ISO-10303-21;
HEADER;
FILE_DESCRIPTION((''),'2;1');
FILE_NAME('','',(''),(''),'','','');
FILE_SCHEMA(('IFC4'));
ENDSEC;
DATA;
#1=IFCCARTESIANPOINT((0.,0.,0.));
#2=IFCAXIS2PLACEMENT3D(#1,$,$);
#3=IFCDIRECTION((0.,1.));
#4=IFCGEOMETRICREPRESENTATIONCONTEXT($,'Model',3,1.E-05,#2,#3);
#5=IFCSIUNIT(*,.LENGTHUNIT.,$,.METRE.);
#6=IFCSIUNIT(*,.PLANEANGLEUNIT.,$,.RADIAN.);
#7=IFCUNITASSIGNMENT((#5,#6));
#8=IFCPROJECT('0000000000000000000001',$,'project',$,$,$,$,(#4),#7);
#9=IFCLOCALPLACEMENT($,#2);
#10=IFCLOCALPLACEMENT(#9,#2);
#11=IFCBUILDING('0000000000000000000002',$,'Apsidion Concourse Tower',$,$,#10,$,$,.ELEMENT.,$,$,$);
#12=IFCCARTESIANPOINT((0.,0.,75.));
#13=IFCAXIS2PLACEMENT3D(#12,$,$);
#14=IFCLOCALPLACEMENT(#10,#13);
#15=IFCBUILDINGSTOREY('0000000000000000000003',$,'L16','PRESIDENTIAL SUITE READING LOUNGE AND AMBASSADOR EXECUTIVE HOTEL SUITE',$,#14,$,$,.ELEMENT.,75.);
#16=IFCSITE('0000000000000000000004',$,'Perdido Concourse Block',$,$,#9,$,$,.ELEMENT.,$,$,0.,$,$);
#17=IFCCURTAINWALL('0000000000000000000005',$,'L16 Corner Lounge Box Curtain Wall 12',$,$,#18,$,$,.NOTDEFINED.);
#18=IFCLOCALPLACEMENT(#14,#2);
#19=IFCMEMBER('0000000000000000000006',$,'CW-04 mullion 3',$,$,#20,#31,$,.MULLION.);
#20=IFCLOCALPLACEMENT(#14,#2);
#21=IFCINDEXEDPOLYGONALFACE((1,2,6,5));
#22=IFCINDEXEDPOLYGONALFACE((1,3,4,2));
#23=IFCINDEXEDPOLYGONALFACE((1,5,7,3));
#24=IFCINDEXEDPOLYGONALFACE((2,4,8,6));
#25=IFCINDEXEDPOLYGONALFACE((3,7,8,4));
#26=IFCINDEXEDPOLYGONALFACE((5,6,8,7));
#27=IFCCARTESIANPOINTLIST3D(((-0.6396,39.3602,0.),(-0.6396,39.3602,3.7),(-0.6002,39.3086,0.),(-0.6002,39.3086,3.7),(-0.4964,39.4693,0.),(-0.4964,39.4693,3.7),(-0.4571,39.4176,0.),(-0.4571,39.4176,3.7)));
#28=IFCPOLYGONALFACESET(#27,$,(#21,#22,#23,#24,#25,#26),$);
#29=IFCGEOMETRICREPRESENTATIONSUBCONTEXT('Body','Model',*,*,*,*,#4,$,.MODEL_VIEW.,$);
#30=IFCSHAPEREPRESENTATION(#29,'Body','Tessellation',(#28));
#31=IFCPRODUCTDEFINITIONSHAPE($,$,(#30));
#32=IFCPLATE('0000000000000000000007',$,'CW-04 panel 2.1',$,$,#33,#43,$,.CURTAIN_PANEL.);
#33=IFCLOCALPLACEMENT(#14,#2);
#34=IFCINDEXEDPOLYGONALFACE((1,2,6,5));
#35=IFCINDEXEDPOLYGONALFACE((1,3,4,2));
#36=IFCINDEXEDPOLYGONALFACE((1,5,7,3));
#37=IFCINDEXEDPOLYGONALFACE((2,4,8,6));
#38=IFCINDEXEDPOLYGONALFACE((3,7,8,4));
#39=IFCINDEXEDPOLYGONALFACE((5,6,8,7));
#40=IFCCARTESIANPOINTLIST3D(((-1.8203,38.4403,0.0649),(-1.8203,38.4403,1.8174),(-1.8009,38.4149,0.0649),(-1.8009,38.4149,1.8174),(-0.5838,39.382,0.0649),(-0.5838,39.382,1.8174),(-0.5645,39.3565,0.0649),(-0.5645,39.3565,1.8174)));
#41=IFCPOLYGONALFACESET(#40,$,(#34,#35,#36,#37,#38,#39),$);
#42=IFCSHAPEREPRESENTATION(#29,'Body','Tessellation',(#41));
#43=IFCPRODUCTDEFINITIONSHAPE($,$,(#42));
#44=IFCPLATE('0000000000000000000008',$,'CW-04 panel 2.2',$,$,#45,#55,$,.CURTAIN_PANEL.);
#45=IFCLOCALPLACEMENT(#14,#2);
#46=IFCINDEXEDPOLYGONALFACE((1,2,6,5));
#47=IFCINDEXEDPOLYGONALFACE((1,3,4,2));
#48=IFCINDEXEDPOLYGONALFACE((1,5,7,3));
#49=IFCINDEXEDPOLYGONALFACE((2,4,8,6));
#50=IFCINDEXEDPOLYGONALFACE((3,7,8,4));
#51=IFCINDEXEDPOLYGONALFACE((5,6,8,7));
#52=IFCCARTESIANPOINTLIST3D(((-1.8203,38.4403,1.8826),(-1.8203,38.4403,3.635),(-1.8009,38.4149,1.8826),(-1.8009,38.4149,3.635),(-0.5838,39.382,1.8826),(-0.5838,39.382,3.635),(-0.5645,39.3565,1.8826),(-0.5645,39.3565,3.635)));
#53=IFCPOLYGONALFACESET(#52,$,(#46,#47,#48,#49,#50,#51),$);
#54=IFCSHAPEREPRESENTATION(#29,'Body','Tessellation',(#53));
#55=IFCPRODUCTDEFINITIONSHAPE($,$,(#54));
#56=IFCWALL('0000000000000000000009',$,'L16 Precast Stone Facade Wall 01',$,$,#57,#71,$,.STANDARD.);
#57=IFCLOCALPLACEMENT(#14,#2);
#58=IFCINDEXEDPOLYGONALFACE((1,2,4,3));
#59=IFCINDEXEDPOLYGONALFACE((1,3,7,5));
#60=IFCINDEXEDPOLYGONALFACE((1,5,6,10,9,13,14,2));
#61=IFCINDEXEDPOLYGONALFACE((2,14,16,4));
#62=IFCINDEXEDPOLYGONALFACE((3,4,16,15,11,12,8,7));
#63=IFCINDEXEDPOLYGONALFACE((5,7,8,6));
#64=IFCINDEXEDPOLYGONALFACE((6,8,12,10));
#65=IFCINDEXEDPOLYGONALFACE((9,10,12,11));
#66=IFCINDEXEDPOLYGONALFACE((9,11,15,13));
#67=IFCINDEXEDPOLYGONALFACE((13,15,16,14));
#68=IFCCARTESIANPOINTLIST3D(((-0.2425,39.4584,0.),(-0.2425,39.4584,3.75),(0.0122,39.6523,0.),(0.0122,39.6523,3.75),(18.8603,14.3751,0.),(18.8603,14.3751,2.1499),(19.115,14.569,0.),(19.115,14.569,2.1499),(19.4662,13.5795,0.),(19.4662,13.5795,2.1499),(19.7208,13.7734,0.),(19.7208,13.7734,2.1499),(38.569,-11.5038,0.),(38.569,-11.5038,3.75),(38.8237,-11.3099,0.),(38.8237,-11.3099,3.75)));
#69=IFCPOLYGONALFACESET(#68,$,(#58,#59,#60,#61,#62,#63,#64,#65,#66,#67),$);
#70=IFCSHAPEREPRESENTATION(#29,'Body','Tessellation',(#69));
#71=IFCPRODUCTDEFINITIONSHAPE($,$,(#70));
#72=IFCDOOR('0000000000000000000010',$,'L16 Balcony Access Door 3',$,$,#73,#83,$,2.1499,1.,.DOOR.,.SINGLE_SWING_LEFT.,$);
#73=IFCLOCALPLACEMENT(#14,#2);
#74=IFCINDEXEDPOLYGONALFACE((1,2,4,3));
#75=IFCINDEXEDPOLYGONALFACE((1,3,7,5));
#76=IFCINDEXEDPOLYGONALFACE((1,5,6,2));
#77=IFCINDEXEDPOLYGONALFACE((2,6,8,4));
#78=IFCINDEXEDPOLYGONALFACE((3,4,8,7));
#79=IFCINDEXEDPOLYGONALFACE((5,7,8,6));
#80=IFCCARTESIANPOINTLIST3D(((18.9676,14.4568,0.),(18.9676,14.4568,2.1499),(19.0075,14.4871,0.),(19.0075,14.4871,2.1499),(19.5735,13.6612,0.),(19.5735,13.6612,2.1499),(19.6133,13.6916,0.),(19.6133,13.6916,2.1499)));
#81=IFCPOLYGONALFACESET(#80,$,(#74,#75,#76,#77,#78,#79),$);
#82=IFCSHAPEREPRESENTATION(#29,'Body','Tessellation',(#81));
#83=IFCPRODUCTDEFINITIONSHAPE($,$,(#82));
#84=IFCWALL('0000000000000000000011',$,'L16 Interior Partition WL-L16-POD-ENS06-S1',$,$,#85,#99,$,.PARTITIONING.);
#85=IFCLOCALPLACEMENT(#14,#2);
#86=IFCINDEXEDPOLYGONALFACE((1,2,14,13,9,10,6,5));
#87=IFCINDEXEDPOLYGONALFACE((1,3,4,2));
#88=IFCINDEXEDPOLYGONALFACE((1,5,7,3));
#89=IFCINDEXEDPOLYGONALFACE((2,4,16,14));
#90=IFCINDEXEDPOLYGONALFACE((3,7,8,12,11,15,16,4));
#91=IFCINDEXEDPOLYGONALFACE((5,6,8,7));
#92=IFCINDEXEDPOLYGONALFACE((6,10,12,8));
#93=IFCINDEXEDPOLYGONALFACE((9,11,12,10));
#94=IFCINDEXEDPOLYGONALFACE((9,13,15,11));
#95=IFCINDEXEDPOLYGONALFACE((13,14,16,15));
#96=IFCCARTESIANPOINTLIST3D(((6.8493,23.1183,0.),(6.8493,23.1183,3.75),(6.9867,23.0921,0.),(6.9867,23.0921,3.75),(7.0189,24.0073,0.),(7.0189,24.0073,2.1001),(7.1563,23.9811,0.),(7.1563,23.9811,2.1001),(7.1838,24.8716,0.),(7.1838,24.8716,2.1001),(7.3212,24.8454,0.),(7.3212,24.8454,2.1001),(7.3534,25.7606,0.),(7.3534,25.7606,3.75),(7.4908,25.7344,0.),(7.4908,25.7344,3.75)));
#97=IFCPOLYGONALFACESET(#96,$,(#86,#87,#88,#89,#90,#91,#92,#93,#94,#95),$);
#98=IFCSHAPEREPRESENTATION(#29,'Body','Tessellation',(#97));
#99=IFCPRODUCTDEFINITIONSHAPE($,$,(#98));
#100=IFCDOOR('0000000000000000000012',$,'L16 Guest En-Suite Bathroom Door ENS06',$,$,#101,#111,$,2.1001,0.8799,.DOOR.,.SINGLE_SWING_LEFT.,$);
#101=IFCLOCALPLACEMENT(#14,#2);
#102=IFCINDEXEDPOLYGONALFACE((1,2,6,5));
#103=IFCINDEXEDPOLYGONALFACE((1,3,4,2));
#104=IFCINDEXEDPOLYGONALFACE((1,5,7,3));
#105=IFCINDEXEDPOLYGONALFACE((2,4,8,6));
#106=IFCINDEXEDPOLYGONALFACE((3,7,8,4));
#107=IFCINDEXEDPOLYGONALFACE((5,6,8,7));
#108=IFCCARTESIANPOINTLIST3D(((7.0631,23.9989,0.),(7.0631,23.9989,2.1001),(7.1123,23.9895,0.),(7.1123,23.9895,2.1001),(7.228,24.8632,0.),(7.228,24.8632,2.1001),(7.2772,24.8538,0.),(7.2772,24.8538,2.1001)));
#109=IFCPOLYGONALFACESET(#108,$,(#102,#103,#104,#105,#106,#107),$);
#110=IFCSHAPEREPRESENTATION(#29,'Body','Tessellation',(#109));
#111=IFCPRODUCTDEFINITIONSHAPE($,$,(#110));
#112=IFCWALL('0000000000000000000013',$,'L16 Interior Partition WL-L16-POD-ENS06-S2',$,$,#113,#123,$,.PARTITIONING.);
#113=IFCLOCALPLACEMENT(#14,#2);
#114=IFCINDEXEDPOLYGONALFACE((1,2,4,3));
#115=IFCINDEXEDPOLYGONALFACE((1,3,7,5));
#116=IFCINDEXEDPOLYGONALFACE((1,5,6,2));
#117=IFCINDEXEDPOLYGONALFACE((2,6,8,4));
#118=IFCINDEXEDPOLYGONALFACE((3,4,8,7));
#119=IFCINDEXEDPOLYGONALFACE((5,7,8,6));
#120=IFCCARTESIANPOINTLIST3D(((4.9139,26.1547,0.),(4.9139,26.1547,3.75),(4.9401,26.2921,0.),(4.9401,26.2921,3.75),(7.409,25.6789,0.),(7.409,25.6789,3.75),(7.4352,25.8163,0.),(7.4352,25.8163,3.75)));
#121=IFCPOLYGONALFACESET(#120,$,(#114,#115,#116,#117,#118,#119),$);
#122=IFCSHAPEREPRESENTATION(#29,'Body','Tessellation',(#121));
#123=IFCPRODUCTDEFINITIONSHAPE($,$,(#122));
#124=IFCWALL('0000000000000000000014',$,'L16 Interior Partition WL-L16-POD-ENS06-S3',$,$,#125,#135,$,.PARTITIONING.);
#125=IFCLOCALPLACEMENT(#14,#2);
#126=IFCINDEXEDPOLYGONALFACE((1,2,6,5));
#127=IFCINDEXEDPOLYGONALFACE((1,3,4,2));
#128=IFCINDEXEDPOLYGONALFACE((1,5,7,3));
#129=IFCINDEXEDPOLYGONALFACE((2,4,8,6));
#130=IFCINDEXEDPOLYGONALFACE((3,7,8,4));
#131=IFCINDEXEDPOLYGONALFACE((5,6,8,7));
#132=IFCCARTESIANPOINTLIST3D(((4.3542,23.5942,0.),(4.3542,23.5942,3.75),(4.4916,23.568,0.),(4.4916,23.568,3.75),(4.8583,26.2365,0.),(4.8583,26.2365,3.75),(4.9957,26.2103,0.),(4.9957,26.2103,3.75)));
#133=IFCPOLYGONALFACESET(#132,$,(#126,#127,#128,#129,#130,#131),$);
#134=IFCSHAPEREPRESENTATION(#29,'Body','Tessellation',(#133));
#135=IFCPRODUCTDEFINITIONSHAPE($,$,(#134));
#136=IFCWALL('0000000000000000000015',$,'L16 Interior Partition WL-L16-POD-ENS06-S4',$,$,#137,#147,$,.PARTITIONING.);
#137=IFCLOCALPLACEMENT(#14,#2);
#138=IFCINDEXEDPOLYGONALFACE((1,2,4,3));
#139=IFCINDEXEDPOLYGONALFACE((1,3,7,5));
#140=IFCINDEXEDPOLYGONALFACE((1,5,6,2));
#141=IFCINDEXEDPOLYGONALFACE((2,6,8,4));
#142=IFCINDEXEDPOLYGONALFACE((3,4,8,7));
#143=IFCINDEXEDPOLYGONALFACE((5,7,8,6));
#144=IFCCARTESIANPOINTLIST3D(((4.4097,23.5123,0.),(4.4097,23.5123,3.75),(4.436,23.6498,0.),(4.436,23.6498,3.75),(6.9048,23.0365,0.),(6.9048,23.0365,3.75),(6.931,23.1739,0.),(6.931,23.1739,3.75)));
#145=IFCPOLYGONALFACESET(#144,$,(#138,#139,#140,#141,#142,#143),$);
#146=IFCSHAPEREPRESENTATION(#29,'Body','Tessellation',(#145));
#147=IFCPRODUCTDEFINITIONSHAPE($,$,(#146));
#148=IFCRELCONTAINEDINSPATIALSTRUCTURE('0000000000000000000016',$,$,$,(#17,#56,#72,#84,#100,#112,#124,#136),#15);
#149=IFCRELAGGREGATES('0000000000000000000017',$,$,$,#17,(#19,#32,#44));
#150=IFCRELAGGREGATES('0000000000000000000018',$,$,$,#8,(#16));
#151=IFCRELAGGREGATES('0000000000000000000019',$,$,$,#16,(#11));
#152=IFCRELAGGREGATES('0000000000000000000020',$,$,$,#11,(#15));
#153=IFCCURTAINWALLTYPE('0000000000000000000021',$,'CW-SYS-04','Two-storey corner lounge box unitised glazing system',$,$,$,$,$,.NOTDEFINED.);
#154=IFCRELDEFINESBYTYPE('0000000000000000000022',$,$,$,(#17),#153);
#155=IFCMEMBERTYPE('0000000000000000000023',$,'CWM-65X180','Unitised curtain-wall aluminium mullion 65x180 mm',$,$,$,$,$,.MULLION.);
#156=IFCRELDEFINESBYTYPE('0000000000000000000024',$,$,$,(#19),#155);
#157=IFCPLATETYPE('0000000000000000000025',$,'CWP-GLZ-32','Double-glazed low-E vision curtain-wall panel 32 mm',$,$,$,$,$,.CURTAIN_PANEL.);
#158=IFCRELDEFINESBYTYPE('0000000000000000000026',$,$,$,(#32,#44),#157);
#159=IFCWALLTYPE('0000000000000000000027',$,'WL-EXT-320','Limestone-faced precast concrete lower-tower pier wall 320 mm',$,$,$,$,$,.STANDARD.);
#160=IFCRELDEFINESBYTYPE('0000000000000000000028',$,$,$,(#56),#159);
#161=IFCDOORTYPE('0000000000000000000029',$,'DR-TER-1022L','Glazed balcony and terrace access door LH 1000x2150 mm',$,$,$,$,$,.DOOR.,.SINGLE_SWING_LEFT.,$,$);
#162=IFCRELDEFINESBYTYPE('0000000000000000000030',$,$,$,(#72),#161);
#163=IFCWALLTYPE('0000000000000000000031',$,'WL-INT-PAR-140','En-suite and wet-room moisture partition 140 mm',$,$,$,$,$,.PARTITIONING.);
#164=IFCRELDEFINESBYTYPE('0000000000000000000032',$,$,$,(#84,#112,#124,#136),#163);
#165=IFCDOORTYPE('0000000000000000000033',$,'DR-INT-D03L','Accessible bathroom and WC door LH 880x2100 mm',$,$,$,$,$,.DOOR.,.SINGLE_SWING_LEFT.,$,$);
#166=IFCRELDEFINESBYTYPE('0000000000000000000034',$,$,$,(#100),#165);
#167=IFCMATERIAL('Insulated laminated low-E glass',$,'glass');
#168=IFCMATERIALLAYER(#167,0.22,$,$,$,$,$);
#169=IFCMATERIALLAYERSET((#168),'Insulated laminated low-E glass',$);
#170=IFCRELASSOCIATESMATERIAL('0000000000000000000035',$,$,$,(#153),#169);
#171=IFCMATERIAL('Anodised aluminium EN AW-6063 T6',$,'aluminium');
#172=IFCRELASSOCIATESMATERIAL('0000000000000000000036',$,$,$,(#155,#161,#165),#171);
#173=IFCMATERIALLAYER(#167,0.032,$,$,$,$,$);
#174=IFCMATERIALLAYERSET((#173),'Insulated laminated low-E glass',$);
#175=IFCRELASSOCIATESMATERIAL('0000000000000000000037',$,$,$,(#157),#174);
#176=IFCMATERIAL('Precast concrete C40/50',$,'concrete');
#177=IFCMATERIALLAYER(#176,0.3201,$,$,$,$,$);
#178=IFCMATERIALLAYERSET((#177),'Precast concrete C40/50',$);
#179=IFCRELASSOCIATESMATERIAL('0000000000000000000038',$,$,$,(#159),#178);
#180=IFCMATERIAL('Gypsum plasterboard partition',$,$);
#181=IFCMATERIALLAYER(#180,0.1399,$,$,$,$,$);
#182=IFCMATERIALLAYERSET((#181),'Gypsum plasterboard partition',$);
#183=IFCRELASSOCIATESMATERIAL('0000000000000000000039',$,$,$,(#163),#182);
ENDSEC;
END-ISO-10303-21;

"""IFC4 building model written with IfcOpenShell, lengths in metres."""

from ifc_helpers import new_model, si_unit, direction, frame, frame_2d, origin, origin_2d, place, context, subcontext, project, spatial, rectangle, extrude, material, layer, layer_set, material_profile, profile_set, type_object, element, fill, aggregate, save


model = new_model("IFC4")

# Units and contexts
model_context = context("Model", 3, precision=1e-05, world=origin(), true_north=direction((0.0, 1.0)))
body_context = subcontext(model_context, "Body", "Model", "MODEL_VIEW")
ifc_project = project(units=[si_unit("LENGTHUNIT", "METRE"), si_unit("PLANEANGLEUNIT", "RADIAN")], contexts=[model_context])

# Site, building, storey
site_placement = place(None, origin())
site = spatial("IfcSite", under=ifc_project, at=site_placement, Name="Perdido Concourse Block", CompositionType="ELEMENT", RefElevation=0.0)
building_placement = place(site_placement, origin())
building = spatial("IfcBuilding", under=site, at=building_placement, Name="Apsidion Concourse Tower", CompositionType="ELEMENT")
storey_placement = place(building_placement, frame((0.0, 0.0, 75.0)))
storey = spatial("IfcBuildingStorey", under=building, at=storey_placement, Name="L16", Description="PRESIDENTIAL SUITE READING LOUNGE AND AMBASSADOR EXECUTIVE HOTEL SUITE", CompositionType="ELEMENT", Elevation=75.0)

# Curtain wall, member, plates
ifc_material_1 = material(Name="Insulated laminated low-E glass", Category="glass")
ifc_layer_1 = layer(ifc_material_1, 0.22)
ifc_layer_set_1 = layer_set([ifc_layer_1], Name="Insulated laminated low-E glass")
curtain_wall_type = type_object("IfcCurtainWallType", Name="CW-SYS-04", Description="Two-storey corner lounge box unitised glazing system", PredefinedType="NOTDEFINED", material=ifc_layer_set_1)
curtain_wall_placement = place(storey_placement, origin())
curtain_wall = element("IfcCurtainWall", 1, at=curtain_wall_placement, inside=storey, type_object=curtain_wall_type, Name="L16 Corner Lounge Box Curtain Wall 12", PredefinedType="NOTDEFINED")
ifc_material_2 = material(Name="Anodised aluminium EN AW-6063 T6", Category="aluminium")
ifc_material_profile_1 = material_profile(ifc_material_2, rectangle(XDim=0.0649, YDim=0.1799, at=origin_2d()), Name="ALU MULLION 65x180")
ifc_profile_set_1 = profile_set([ifc_material_profile_1], Name="Anodised aluminium EN AW-6063 T6")
member_type = type_object("IfcMemberType", Name="CWM-65X180", Description="Unitised curtain-wall aluminium mullion 65x180 mm", PredefinedType="MULLION", material=ifc_profile_set_1)
member_placement = place(storey_placement, frame((-0.5483, 39.3889, 0.0), z_axis=(0.0, 0.0, 1.0), x_axis=(-0.605869, 0.795564, 0.0)))
member = element("IfcMember", 2, at=member_placement, type_object=member_type, Name="CW-04 mullion 3", PredefinedType="MULLION", context=body_context, shape_type="SweptSolid", body=[
    extrude(rectangle(XDim=0.0649, YDim=0.1799, at=origin_2d()), origin(), (0.0, 0.0, 1.0), 3.7),
])
ifc_layer_2 = layer(ifc_material_1, 0.032)
ifc_layer_set_2 = layer_set([ifc_layer_2], Name="Insulated laminated low-E glass")
plate_type = type_object("IfcPlateType", Name="CWP-GLZ-32", Description="Double-glazed low-E vision curtain-wall panel 32 mm", PredefinedType="CURTAIN_PANEL", material=ifc_layer_set_2)
plate_1_placement = place(storey_placement, frame((-1.1924, 38.8984, 0.0649), z_axis=(0.0, 0.0, 1.0), x_axis=(0.795564, 0.605869, 0.0)))
plate_1 = element("IfcPlate", 3, at=plate_1_placement, type_object=plate_type, Name="CW-04 panel 2.1", PredefinedType="CURTAIN_PANEL", context=body_context, shape_type="SweptSolid", body=[
    extrude(rectangle(XDim=1.5542, YDim=0.032, at=origin_2d()), origin(), (0.0, 0.0, 1.0), 1.7524),
])
plate_2_placement = place(storey_placement, frame((-1.1924, 38.8984, 1.8826), z_axis=(0.0, 0.0, 1.0), x_axis=(0.795564, 0.605869, 0.0)))
plate_2 = element("IfcPlate", 4, at=plate_2_placement, type_object=plate_type, Name="CW-04 panel 2.2", PredefinedType="CURTAIN_PANEL", context=body_context, shape_type="SweptSolid", body=[
    extrude(rectangle(XDim=1.5542, YDim=0.032, at=origin_2d()), origin(), (0.0, 0.0, 1.0), 1.7524),
])
aggregate(curtain_wall, [member, plate_1, plate_2])

# Walls, openings, doors
ifc_material_3 = material(Name="Precast concrete C40/50", Category="concrete")
ifc_layer_3 = layer(ifc_material_3, 0.3201)
ifc_layer_set_3 = layer_set([ifc_layer_3], Name="Precast concrete C40/50")
wall_type_1 = type_object("IfcWallType", Name="WL-EXT-320", Description="Limestone-faced precast concrete lower-tower pier wall 320 mm", PredefinedType="STANDARD", material=ifc_layer_set_3)
wall_1_placement = place(storey_placement, frame((-0.1152, 39.5554, 0.0), z_axis=(0.0, 0.0, 1.0), x_axis=(0.605877, -0.795558, 0.0)))
wall_1 = element("IfcWall", 5, at=wall_1_placement, inside=storey, type_object=wall_type_1, Name="L16 Precast Stone Facade Wall 01", PredefinedType="STANDARD", context=body_context, shape_type="SweptSolid", body=[
    extrude(rectangle(XDim=64.0583, YDim=0.3201, at=frame_2d((32.0293, 0.0))), origin(), (0.0, 0.0, 1.0), 3.75),
])
opening_1_placement = place(wall_1_placement, frame((31.5293, 0.0, 0.0)))
opening_1 = element("IfcOpeningElement", 6, at=opening_1_placement, cuts=wall_1, PredefinedType="OPENING", context=body_context, shape_type="SweptSolid", body=[
    extrude(rectangle(XDim=1.0, YDim=2.1499, at=frame_2d((0.5, 1.075))), frame((0.0, 0.1699, 0.0), z_axis=(0.0, -1.0, 0.0), x_axis=(1.0, 0.0, 0.0)), (0.0, 0.0, 1.0), 0.3401),
])
door_type_1 = type_object("IfcDoorType", Name="DR-TER-1022L", Description="Glazed balcony and terrace access door LH 1000x2150 mm", OperationType="SINGLE_SWING_LEFT", PredefinedType="DOOR", material=ifc_material_2)
door_1_placement = place(opening_1_placement, origin())
door_1 = element("IfcDoor", 7, at=door_1_placement, inside=storey, type_object=door_type_1, Name="L16 Balcony Access Door 3", OperationType="SINGLE_SWING_LEFT", OverallHeight=2.1499, OverallWidth=1.0, PredefinedType="DOOR", context=body_context, shape_type="SweptSolid", body=[
    extrude(rectangle(XDim=1.0, YDim=2.1499, at=frame_2d((0.5, 1.075))), frame((0.0, 0.0249, 0.0), z_axis=(0.0, -1.0, 0.0), x_axis=(1.0, 0.0, 0.0)), (0.0, 0.0, 1.0), 0.05),
])
fill(opening_1, door_1)
ifc_material_4 = material(Name="Gypsum plasterboard partition")
ifc_layer_4 = layer(ifc_material_4, 0.1399)
ifc_layer_set_4 = layer_set([ifc_layer_4], Name="Gypsum plasterboard partition")
wall_type_2 = type_object("IfcWallType", Name="WL-INT-PAR-140", Description="En-suite and wet-room moisture partition 140 mm", PredefinedType="PARTITIONING", material=ifc_layer_set_4)
wall_2_placement = place(storey_placement, frame((6.918, 23.1052, 0.0), z_axis=(0.0, 0.0, 1.0), x_axis=(0.187417, 0.982281, 0.0)))
wall_2 = element("IfcWall", 8, at=wall_2_placement, inside=storey, type_object=wall_type_2, Name="L16 Interior Partition WL-L16-POD-ENS06-S1", PredefinedType="PARTITIONING", context=body_context, shape_type="SweptSolid", body=[
    extrude(rectangle(XDim=2.6899, YDim=0.1399, at=frame_2d((1.345, 0.0))), origin(), (0.0, 0.0, 1.0), 3.75),
])
opening_2_placement = place(wall_2_placement, frame((0.905, 0.0, 0.0)))
opening_2 = element("IfcOpeningElement", 9, at=opening_2_placement, cuts=wall_2, PredefinedType="OPENING", context=body_context, shape_type="SweptSolid", body=[
    extrude(rectangle(XDim=0.8799, YDim=2.1001, at=frame_2d((0.4399, 1.05))), frame((0.0, 0.0801, 0.0), z_axis=(0.0, -1.0, 0.0), x_axis=(1.0, 0.0, 0.0)), (0.0, 0.0, 1.0), 0.1599),
])
door_type_2 = type_object("IfcDoorType", Name="DR-INT-D03L", Description="Accessible bathroom and WC door LH 880x2100 mm", OperationType="SINGLE_SWING_LEFT", PredefinedType="DOOR", material=ifc_material_2)
door_2_placement = place(opening_2_placement, origin())
door_2 = element("IfcDoor", 10, at=door_2_placement, inside=storey, type_object=door_type_2, Name="L16 Guest En-Suite Bathroom Door ENS06", OperationType="SINGLE_SWING_LEFT", OverallHeight=2.1001, OverallWidth=0.8799, PredefinedType="DOOR", context=body_context, shape_type="SweptSolid", body=[
    extrude(rectangle(XDim=0.8799, YDim=2.1001, at=frame_2d((0.4399, 1.05))), frame((0.0, 0.0249, 0.0), z_axis=(0.0, -1.0, 0.0), x_axis=(1.0, 0.0, 0.0)), (0.0, 0.0, 1.0), 0.05),
])
fill(opening_2, door_2)

# Walls
wall_3_placement = place(storey_placement, frame((7.4221, 25.7476, 0.0), z_axis=(0.0, 0.0, 1.0), x_axis=(-0.982297, 0.187329, 0.0)))
element("IfcWall", 11, at=wall_3_placement, inside=storey, type_object=wall_type_2, Name="L16 Interior Partition WL-L16-POD-ENS06-S2", PredefinedType="PARTITIONING", context=body_context, shape_type="SweptSolid", body=[
    extrude(rectangle(XDim=2.54, YDim=0.1399, at=frame_2d((1.27, 0.0))), origin(), (0.0, 0.0, 1.0), 3.75),
])
wall_4_placement = place(storey_placement, frame((4.927, 26.2234, 0.0), z_axis=(0.0, 0.0, 1.0), x_axis=(-0.187417, -0.982281, 0.0)))
element("IfcWall", 12, at=wall_4_placement, inside=storey, type_object=wall_type_2, Name="L16 Interior Partition WL-L16-POD-ENS06-S3", PredefinedType="PARTITIONING", context=body_context, shape_type="SweptSolid", body=[
    extrude(rectangle(XDim=2.6899, YDim=0.1399, at=frame_2d((1.345, 0.0))), origin(), (0.0, 0.0, 1.0), 3.75),
])
wall_5_placement = place(storey_placement, frame((4.4229, 23.5811, 0.0), z_axis=(0.0, 0.0, 1.0), x_axis=(0.982297, -0.187329, 0.0)))
element("IfcWall", 13, at=wall_5_placement, inside=storey, type_object=wall_type_2, Name="L16 Interior Partition WL-L16-POD-ENS06-S4", PredefinedType="PARTITIONING", context=body_context, shape_type="SweptSolid", body=[
    extrude(rectangle(XDim=2.54, YDim=0.1399, at=frame_2d((1.27, 0.0))), origin(), (0.0, 0.0, 1.0), 3.75),
])

save(model, "model.ifc")
